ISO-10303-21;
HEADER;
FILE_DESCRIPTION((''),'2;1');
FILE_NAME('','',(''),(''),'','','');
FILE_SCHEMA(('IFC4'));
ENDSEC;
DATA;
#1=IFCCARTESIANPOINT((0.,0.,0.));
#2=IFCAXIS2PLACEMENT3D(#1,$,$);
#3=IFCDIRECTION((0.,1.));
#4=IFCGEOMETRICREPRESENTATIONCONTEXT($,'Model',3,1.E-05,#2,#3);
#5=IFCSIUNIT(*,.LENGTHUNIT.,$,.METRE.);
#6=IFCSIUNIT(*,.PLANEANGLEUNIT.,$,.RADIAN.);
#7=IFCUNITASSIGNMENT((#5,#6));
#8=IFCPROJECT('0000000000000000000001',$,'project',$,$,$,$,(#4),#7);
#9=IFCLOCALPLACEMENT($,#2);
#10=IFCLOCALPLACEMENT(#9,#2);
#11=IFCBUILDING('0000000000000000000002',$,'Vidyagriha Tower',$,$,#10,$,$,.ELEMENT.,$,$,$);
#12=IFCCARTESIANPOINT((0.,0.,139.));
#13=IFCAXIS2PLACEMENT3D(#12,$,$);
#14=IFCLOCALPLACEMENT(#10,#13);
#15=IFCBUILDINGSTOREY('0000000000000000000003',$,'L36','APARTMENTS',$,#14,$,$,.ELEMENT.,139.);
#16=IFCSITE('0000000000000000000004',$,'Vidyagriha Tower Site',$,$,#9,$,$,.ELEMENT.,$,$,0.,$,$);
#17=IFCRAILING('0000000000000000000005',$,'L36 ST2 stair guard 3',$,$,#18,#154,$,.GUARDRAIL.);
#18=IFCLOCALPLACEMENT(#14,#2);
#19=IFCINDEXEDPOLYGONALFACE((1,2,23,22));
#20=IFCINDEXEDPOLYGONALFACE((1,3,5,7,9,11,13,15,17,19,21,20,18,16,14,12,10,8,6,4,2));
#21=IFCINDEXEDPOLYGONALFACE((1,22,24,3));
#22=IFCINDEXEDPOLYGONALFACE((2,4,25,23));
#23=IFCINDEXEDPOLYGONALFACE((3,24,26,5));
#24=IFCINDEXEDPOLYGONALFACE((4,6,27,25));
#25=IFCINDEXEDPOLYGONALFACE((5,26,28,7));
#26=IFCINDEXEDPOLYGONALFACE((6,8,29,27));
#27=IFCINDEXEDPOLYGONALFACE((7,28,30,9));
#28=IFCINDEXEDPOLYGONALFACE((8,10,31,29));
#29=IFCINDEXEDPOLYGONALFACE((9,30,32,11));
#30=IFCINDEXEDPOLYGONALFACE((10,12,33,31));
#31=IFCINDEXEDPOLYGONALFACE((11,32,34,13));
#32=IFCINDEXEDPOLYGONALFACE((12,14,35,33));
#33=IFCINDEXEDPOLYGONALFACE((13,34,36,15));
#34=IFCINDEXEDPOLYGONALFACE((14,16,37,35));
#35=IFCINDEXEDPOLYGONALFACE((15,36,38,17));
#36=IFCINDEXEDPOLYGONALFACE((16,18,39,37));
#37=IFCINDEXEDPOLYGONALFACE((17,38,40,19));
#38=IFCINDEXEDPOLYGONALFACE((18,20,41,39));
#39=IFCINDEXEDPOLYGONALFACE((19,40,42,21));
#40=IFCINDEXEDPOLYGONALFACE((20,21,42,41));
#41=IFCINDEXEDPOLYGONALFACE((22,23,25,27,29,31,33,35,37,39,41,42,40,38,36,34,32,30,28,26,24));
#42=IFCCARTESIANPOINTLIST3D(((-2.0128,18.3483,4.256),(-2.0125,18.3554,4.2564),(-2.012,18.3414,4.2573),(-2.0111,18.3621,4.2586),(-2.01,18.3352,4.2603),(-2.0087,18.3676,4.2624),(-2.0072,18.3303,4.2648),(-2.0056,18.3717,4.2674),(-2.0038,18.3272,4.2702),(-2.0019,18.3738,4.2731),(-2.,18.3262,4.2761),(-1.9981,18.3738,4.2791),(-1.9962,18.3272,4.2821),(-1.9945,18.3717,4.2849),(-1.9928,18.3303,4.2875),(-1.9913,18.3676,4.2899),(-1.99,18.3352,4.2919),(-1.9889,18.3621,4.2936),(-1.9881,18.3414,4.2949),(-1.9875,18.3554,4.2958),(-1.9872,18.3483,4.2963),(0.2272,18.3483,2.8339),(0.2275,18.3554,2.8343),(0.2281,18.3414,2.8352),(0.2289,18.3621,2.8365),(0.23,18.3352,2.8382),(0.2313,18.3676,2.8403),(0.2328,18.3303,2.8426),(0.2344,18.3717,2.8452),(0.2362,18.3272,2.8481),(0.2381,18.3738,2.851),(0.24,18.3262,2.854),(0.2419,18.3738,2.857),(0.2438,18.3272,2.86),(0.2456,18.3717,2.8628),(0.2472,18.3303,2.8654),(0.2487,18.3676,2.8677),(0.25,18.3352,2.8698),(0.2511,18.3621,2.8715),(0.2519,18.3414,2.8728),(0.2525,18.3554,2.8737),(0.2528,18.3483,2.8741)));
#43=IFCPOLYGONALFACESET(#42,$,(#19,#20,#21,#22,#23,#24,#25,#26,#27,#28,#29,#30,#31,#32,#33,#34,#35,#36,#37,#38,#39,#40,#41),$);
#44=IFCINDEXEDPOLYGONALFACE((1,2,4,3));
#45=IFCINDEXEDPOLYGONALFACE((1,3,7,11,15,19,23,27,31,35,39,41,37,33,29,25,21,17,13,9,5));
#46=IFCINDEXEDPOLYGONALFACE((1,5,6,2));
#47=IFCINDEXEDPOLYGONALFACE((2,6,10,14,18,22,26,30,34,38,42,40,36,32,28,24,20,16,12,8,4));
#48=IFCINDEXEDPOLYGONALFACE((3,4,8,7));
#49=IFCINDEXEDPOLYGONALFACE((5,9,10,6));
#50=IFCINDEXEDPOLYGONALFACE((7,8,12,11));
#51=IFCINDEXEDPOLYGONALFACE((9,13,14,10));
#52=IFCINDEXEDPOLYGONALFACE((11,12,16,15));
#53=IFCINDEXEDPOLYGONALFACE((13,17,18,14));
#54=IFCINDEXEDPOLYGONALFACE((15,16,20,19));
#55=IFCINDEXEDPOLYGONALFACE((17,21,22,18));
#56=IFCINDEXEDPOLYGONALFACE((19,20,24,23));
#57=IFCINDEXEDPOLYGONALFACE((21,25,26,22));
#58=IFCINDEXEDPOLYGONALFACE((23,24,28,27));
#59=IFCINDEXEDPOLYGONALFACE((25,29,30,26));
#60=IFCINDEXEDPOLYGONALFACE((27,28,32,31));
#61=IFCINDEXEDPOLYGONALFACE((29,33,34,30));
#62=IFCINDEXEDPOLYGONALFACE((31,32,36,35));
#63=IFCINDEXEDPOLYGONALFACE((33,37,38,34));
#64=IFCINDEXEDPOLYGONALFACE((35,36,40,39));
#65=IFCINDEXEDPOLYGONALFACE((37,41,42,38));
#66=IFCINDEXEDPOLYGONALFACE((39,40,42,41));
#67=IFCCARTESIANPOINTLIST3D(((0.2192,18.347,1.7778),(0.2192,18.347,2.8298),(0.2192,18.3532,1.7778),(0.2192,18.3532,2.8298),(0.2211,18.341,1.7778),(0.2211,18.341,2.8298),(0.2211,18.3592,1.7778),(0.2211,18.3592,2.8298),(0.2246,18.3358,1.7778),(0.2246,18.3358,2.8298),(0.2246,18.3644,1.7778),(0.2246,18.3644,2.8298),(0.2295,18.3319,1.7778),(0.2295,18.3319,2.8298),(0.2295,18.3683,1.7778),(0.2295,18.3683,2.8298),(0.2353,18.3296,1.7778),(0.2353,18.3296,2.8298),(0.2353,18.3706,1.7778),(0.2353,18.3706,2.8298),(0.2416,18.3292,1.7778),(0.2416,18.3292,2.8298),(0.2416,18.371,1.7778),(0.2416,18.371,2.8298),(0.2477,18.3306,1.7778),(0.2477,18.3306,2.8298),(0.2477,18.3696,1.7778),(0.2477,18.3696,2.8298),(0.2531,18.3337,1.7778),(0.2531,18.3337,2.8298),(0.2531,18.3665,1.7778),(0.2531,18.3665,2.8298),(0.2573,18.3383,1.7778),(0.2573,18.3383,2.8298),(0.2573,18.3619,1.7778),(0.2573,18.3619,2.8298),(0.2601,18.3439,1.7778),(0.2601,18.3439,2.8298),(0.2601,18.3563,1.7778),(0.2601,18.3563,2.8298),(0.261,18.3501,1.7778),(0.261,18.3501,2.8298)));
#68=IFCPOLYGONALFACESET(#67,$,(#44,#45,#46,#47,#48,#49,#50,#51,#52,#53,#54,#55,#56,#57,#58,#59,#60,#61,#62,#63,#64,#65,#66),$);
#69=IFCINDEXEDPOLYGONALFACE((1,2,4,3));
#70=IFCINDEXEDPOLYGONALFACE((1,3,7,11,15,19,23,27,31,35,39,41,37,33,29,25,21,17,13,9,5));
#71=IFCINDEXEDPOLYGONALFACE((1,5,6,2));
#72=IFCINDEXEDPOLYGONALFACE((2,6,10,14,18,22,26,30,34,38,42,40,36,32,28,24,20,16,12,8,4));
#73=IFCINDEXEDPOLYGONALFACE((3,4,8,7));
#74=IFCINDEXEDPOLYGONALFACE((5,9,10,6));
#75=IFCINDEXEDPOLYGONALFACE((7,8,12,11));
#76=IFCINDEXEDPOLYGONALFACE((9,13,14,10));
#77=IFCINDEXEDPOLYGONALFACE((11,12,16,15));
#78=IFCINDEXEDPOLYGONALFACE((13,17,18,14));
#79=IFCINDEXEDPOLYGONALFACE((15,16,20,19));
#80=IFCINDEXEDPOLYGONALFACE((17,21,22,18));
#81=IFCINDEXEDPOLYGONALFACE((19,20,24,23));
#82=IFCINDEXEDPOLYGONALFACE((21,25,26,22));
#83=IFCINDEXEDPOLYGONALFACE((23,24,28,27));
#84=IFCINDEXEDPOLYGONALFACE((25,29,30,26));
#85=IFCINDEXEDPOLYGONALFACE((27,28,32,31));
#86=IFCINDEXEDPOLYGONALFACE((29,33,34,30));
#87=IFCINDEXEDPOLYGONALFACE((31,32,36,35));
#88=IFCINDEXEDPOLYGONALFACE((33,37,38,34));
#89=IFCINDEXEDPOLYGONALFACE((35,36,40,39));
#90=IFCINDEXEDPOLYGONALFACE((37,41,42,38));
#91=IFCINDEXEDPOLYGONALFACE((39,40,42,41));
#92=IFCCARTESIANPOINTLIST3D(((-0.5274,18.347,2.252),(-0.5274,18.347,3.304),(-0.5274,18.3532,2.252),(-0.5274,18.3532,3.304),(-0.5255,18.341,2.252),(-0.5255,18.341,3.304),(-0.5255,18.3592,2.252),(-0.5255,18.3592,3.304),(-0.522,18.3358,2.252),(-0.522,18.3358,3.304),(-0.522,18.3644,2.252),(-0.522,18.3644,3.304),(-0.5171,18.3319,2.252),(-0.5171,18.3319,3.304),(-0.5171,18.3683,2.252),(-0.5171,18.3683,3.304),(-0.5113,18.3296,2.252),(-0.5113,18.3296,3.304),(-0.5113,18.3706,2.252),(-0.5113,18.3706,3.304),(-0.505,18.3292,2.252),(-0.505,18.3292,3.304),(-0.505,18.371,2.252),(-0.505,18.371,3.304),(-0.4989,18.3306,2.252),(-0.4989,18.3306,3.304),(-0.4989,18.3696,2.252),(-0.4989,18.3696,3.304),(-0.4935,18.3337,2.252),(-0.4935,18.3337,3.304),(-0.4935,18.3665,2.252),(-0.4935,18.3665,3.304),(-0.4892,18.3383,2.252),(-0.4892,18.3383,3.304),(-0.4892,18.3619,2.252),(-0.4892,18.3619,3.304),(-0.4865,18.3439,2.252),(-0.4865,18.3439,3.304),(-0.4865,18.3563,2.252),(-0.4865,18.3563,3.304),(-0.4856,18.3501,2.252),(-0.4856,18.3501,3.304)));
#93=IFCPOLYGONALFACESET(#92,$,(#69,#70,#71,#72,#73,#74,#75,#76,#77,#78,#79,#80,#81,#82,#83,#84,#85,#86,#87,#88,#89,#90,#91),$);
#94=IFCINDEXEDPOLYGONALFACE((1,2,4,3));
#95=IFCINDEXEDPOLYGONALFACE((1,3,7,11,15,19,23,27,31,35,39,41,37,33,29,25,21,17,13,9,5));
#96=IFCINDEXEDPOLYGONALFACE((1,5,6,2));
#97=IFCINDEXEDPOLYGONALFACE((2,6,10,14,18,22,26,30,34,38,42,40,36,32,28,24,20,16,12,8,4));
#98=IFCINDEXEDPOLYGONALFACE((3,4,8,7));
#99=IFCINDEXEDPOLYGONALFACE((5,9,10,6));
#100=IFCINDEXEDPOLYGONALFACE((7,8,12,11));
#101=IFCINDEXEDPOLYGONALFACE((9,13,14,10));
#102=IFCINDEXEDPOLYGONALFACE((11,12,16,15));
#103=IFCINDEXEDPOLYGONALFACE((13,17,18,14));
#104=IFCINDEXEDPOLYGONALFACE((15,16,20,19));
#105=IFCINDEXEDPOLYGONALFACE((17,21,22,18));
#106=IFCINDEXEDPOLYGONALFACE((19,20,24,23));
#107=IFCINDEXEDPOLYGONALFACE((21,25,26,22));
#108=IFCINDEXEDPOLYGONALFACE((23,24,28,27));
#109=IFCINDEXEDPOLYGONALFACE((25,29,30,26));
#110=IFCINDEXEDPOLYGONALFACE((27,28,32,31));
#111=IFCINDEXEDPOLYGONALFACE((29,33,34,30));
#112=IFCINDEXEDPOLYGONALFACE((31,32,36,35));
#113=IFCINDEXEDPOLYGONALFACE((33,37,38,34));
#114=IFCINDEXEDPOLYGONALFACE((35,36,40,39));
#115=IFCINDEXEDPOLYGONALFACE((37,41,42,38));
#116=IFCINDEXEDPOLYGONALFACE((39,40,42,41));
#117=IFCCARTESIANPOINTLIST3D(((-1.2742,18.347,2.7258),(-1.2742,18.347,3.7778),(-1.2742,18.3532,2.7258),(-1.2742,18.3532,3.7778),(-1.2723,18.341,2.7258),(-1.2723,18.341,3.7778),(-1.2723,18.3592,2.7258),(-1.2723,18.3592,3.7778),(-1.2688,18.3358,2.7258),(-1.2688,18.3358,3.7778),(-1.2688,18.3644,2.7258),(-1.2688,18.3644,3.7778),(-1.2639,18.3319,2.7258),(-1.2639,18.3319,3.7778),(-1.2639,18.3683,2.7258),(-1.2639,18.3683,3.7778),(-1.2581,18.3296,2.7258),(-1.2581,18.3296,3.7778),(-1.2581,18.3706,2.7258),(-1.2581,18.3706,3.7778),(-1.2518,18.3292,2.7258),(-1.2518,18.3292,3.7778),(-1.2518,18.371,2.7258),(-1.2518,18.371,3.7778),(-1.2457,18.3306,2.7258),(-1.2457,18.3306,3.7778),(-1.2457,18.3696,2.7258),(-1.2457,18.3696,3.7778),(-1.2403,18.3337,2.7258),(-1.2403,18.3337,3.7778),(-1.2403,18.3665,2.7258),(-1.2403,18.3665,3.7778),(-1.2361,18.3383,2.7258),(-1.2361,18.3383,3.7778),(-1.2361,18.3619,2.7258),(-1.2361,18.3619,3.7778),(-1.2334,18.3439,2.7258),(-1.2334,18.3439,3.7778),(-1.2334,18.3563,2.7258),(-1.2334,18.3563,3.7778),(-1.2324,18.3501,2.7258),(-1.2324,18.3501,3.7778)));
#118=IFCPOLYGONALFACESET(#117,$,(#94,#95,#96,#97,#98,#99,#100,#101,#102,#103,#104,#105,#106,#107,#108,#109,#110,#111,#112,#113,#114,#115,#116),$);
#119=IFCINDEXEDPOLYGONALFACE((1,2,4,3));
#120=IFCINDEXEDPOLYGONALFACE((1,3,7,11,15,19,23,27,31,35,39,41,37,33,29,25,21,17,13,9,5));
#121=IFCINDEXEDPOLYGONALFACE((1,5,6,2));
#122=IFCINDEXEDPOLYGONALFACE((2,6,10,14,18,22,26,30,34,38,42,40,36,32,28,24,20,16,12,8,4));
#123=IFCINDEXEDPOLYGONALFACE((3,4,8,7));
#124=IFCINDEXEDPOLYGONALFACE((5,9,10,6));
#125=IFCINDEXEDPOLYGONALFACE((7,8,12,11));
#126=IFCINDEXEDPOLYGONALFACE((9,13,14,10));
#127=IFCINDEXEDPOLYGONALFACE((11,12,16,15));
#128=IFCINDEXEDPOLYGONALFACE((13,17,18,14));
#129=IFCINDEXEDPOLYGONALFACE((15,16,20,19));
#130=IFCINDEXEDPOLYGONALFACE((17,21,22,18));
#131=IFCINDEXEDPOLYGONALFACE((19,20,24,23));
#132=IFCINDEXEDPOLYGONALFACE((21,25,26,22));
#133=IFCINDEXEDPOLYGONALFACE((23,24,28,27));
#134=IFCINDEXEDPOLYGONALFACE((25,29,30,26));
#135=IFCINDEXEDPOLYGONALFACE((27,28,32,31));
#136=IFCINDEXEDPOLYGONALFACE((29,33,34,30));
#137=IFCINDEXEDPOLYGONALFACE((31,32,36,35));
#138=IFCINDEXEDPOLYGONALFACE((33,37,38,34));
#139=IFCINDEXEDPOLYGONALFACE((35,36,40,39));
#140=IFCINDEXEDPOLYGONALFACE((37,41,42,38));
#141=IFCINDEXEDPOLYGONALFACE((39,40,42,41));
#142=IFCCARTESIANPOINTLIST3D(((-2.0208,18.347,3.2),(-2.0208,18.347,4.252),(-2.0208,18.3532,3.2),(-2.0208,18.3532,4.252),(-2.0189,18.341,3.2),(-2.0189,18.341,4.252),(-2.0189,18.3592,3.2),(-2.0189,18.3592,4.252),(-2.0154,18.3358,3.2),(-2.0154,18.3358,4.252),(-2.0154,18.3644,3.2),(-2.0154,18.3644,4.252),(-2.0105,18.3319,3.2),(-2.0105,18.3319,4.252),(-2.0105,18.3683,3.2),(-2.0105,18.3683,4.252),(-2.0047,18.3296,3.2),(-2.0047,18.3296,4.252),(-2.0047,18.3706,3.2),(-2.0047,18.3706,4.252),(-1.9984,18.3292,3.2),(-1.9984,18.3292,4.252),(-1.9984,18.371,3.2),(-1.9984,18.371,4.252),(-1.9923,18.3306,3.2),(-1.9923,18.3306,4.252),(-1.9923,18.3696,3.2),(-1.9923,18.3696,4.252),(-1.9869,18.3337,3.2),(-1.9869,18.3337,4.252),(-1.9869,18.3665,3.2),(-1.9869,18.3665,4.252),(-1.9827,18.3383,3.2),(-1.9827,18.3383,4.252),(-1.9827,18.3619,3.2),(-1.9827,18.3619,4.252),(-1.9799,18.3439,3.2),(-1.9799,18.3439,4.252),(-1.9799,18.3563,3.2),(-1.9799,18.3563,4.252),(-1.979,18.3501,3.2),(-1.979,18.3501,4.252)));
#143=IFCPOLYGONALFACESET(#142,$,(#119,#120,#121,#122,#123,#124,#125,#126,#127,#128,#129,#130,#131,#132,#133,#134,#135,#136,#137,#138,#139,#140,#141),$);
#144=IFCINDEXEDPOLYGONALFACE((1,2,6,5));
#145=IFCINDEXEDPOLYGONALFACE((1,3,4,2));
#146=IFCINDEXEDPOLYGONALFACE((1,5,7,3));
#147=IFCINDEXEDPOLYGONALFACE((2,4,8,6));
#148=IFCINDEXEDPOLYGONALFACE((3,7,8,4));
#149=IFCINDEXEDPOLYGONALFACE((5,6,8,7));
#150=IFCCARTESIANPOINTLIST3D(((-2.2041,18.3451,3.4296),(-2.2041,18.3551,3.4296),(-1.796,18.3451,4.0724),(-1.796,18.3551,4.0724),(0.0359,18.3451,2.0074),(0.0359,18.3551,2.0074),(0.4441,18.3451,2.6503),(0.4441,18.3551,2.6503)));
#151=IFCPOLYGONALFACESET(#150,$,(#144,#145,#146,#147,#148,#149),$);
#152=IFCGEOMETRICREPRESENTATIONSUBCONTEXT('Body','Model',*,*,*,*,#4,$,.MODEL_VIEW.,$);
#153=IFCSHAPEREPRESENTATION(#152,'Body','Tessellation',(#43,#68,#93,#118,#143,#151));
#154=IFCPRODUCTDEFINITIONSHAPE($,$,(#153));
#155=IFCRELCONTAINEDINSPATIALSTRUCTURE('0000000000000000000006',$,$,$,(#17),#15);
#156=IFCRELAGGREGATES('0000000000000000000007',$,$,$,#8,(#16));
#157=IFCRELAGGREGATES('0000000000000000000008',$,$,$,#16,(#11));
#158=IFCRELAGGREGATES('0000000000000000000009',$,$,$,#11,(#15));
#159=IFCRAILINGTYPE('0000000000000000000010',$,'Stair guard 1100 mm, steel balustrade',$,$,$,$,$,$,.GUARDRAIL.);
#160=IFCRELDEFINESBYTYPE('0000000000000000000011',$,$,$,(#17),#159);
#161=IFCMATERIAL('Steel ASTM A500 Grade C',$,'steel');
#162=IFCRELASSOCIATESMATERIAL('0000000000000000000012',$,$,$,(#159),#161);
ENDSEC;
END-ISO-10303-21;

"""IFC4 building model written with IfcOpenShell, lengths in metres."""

from ifc_helpers import new_model, si_unit, direction, frame, origin, origin_2d, place, context, subcontext, project, spatial, rectangle, circle, extrude, material, type_object, element, save


model = new_model("IFC4")

# Units and contexts
model_context = context("Model", 3, precision=1e-05, world=origin(), true_north=direction((0.0, 1.0)))
body_context = subcontext(model_context, "Body", "Model", "MODEL_VIEW")
ifc_project = project(units=[si_unit("LENGTHUNIT", "METRE"), si_unit("PLANEANGLEUNIT", "RADIAN")], contexts=[model_context])

# Site, building, storey
site_placement = place(None, origin())
site = spatial("IfcSite", under=ifc_project, at=site_placement, Name="Vidyagriha Tower Site", CompositionType="ELEMENT", RefElevation=0.0)
building_placement = place(site_placement, origin())
building = spatial("IfcBuilding", under=site, at=building_placement, Name="Vidyagriha Tower", CompositionType="ELEMENT")
storey_placement = place(building_placement, frame((0.0, 0.0, 139.0)))
storey = spatial("IfcBuildingStorey", under=building, at=storey_placement, Name="L36", Description="APARTMENTS", CompositionType="ELEMENT", Elevation=139.0)

# Railing
ifc_material_1 = material(Name="Steel ASTM A500 Grade C", Category="steel")
railing_type_1 = type_object("IfcRailingType", Name="Stair guard 1100 mm, steel balustrade", PredefinedType="GUARDRAIL", material=ifc_material_1)
railing_1_placement = place(storey_placement, frame((0.24, 18.3501, 1.7778)))
element("IfcRailing", 1, at=railing_1_placement, inside=storey, type_object=railing_type_1, Name="L36 ST2 stair guard 3", PredefinedType="GUARDRAIL", context=body_context, shape_type="SweptSolid", body=[
    extrude(circle(Radius=0.0239, at=origin_2d()), frame((0.0, 0.0, 1.0762), z_axis=(-0.844229, 0.0, 0.535982), x_axis=(0.0, -1.0, 0.0)), (0.0, 0.0, 1.0), 2.6533),
    extrude(circle(Radius=0.021, at=origin_2d()), origin(), (0.0, 0.0, 1.0), 1.052),
    extrude(circle(Radius=0.021, at=origin_2d()), frame((-0.7466, 0.0, 0.4741)), (0.0, 0.0, 1.0), 1.052),
    extrude(circle(Radius=0.021, at=origin_2d()), frame((-1.4934, 0.0, 0.948)), (0.0, 0.0, 1.0), 1.052),
    extrude(circle(Radius=0.021, at=origin_2d()), frame((-2.24, 0.0, 1.4221)), (0.0, 0.0, 1.0), 1.052),
    extrude(rectangle(XDim=0.01, YDim=0.7615, at=origin_2d()), frame((0.0, 0.0, 0.551), z_axis=(-0.844229, 0.0, 0.535982), x_axis=(0.0, -1.0, 0.0)), (0.0, 0.0, 1.0), 2.6533),
])

save(model, "model.ifc")
